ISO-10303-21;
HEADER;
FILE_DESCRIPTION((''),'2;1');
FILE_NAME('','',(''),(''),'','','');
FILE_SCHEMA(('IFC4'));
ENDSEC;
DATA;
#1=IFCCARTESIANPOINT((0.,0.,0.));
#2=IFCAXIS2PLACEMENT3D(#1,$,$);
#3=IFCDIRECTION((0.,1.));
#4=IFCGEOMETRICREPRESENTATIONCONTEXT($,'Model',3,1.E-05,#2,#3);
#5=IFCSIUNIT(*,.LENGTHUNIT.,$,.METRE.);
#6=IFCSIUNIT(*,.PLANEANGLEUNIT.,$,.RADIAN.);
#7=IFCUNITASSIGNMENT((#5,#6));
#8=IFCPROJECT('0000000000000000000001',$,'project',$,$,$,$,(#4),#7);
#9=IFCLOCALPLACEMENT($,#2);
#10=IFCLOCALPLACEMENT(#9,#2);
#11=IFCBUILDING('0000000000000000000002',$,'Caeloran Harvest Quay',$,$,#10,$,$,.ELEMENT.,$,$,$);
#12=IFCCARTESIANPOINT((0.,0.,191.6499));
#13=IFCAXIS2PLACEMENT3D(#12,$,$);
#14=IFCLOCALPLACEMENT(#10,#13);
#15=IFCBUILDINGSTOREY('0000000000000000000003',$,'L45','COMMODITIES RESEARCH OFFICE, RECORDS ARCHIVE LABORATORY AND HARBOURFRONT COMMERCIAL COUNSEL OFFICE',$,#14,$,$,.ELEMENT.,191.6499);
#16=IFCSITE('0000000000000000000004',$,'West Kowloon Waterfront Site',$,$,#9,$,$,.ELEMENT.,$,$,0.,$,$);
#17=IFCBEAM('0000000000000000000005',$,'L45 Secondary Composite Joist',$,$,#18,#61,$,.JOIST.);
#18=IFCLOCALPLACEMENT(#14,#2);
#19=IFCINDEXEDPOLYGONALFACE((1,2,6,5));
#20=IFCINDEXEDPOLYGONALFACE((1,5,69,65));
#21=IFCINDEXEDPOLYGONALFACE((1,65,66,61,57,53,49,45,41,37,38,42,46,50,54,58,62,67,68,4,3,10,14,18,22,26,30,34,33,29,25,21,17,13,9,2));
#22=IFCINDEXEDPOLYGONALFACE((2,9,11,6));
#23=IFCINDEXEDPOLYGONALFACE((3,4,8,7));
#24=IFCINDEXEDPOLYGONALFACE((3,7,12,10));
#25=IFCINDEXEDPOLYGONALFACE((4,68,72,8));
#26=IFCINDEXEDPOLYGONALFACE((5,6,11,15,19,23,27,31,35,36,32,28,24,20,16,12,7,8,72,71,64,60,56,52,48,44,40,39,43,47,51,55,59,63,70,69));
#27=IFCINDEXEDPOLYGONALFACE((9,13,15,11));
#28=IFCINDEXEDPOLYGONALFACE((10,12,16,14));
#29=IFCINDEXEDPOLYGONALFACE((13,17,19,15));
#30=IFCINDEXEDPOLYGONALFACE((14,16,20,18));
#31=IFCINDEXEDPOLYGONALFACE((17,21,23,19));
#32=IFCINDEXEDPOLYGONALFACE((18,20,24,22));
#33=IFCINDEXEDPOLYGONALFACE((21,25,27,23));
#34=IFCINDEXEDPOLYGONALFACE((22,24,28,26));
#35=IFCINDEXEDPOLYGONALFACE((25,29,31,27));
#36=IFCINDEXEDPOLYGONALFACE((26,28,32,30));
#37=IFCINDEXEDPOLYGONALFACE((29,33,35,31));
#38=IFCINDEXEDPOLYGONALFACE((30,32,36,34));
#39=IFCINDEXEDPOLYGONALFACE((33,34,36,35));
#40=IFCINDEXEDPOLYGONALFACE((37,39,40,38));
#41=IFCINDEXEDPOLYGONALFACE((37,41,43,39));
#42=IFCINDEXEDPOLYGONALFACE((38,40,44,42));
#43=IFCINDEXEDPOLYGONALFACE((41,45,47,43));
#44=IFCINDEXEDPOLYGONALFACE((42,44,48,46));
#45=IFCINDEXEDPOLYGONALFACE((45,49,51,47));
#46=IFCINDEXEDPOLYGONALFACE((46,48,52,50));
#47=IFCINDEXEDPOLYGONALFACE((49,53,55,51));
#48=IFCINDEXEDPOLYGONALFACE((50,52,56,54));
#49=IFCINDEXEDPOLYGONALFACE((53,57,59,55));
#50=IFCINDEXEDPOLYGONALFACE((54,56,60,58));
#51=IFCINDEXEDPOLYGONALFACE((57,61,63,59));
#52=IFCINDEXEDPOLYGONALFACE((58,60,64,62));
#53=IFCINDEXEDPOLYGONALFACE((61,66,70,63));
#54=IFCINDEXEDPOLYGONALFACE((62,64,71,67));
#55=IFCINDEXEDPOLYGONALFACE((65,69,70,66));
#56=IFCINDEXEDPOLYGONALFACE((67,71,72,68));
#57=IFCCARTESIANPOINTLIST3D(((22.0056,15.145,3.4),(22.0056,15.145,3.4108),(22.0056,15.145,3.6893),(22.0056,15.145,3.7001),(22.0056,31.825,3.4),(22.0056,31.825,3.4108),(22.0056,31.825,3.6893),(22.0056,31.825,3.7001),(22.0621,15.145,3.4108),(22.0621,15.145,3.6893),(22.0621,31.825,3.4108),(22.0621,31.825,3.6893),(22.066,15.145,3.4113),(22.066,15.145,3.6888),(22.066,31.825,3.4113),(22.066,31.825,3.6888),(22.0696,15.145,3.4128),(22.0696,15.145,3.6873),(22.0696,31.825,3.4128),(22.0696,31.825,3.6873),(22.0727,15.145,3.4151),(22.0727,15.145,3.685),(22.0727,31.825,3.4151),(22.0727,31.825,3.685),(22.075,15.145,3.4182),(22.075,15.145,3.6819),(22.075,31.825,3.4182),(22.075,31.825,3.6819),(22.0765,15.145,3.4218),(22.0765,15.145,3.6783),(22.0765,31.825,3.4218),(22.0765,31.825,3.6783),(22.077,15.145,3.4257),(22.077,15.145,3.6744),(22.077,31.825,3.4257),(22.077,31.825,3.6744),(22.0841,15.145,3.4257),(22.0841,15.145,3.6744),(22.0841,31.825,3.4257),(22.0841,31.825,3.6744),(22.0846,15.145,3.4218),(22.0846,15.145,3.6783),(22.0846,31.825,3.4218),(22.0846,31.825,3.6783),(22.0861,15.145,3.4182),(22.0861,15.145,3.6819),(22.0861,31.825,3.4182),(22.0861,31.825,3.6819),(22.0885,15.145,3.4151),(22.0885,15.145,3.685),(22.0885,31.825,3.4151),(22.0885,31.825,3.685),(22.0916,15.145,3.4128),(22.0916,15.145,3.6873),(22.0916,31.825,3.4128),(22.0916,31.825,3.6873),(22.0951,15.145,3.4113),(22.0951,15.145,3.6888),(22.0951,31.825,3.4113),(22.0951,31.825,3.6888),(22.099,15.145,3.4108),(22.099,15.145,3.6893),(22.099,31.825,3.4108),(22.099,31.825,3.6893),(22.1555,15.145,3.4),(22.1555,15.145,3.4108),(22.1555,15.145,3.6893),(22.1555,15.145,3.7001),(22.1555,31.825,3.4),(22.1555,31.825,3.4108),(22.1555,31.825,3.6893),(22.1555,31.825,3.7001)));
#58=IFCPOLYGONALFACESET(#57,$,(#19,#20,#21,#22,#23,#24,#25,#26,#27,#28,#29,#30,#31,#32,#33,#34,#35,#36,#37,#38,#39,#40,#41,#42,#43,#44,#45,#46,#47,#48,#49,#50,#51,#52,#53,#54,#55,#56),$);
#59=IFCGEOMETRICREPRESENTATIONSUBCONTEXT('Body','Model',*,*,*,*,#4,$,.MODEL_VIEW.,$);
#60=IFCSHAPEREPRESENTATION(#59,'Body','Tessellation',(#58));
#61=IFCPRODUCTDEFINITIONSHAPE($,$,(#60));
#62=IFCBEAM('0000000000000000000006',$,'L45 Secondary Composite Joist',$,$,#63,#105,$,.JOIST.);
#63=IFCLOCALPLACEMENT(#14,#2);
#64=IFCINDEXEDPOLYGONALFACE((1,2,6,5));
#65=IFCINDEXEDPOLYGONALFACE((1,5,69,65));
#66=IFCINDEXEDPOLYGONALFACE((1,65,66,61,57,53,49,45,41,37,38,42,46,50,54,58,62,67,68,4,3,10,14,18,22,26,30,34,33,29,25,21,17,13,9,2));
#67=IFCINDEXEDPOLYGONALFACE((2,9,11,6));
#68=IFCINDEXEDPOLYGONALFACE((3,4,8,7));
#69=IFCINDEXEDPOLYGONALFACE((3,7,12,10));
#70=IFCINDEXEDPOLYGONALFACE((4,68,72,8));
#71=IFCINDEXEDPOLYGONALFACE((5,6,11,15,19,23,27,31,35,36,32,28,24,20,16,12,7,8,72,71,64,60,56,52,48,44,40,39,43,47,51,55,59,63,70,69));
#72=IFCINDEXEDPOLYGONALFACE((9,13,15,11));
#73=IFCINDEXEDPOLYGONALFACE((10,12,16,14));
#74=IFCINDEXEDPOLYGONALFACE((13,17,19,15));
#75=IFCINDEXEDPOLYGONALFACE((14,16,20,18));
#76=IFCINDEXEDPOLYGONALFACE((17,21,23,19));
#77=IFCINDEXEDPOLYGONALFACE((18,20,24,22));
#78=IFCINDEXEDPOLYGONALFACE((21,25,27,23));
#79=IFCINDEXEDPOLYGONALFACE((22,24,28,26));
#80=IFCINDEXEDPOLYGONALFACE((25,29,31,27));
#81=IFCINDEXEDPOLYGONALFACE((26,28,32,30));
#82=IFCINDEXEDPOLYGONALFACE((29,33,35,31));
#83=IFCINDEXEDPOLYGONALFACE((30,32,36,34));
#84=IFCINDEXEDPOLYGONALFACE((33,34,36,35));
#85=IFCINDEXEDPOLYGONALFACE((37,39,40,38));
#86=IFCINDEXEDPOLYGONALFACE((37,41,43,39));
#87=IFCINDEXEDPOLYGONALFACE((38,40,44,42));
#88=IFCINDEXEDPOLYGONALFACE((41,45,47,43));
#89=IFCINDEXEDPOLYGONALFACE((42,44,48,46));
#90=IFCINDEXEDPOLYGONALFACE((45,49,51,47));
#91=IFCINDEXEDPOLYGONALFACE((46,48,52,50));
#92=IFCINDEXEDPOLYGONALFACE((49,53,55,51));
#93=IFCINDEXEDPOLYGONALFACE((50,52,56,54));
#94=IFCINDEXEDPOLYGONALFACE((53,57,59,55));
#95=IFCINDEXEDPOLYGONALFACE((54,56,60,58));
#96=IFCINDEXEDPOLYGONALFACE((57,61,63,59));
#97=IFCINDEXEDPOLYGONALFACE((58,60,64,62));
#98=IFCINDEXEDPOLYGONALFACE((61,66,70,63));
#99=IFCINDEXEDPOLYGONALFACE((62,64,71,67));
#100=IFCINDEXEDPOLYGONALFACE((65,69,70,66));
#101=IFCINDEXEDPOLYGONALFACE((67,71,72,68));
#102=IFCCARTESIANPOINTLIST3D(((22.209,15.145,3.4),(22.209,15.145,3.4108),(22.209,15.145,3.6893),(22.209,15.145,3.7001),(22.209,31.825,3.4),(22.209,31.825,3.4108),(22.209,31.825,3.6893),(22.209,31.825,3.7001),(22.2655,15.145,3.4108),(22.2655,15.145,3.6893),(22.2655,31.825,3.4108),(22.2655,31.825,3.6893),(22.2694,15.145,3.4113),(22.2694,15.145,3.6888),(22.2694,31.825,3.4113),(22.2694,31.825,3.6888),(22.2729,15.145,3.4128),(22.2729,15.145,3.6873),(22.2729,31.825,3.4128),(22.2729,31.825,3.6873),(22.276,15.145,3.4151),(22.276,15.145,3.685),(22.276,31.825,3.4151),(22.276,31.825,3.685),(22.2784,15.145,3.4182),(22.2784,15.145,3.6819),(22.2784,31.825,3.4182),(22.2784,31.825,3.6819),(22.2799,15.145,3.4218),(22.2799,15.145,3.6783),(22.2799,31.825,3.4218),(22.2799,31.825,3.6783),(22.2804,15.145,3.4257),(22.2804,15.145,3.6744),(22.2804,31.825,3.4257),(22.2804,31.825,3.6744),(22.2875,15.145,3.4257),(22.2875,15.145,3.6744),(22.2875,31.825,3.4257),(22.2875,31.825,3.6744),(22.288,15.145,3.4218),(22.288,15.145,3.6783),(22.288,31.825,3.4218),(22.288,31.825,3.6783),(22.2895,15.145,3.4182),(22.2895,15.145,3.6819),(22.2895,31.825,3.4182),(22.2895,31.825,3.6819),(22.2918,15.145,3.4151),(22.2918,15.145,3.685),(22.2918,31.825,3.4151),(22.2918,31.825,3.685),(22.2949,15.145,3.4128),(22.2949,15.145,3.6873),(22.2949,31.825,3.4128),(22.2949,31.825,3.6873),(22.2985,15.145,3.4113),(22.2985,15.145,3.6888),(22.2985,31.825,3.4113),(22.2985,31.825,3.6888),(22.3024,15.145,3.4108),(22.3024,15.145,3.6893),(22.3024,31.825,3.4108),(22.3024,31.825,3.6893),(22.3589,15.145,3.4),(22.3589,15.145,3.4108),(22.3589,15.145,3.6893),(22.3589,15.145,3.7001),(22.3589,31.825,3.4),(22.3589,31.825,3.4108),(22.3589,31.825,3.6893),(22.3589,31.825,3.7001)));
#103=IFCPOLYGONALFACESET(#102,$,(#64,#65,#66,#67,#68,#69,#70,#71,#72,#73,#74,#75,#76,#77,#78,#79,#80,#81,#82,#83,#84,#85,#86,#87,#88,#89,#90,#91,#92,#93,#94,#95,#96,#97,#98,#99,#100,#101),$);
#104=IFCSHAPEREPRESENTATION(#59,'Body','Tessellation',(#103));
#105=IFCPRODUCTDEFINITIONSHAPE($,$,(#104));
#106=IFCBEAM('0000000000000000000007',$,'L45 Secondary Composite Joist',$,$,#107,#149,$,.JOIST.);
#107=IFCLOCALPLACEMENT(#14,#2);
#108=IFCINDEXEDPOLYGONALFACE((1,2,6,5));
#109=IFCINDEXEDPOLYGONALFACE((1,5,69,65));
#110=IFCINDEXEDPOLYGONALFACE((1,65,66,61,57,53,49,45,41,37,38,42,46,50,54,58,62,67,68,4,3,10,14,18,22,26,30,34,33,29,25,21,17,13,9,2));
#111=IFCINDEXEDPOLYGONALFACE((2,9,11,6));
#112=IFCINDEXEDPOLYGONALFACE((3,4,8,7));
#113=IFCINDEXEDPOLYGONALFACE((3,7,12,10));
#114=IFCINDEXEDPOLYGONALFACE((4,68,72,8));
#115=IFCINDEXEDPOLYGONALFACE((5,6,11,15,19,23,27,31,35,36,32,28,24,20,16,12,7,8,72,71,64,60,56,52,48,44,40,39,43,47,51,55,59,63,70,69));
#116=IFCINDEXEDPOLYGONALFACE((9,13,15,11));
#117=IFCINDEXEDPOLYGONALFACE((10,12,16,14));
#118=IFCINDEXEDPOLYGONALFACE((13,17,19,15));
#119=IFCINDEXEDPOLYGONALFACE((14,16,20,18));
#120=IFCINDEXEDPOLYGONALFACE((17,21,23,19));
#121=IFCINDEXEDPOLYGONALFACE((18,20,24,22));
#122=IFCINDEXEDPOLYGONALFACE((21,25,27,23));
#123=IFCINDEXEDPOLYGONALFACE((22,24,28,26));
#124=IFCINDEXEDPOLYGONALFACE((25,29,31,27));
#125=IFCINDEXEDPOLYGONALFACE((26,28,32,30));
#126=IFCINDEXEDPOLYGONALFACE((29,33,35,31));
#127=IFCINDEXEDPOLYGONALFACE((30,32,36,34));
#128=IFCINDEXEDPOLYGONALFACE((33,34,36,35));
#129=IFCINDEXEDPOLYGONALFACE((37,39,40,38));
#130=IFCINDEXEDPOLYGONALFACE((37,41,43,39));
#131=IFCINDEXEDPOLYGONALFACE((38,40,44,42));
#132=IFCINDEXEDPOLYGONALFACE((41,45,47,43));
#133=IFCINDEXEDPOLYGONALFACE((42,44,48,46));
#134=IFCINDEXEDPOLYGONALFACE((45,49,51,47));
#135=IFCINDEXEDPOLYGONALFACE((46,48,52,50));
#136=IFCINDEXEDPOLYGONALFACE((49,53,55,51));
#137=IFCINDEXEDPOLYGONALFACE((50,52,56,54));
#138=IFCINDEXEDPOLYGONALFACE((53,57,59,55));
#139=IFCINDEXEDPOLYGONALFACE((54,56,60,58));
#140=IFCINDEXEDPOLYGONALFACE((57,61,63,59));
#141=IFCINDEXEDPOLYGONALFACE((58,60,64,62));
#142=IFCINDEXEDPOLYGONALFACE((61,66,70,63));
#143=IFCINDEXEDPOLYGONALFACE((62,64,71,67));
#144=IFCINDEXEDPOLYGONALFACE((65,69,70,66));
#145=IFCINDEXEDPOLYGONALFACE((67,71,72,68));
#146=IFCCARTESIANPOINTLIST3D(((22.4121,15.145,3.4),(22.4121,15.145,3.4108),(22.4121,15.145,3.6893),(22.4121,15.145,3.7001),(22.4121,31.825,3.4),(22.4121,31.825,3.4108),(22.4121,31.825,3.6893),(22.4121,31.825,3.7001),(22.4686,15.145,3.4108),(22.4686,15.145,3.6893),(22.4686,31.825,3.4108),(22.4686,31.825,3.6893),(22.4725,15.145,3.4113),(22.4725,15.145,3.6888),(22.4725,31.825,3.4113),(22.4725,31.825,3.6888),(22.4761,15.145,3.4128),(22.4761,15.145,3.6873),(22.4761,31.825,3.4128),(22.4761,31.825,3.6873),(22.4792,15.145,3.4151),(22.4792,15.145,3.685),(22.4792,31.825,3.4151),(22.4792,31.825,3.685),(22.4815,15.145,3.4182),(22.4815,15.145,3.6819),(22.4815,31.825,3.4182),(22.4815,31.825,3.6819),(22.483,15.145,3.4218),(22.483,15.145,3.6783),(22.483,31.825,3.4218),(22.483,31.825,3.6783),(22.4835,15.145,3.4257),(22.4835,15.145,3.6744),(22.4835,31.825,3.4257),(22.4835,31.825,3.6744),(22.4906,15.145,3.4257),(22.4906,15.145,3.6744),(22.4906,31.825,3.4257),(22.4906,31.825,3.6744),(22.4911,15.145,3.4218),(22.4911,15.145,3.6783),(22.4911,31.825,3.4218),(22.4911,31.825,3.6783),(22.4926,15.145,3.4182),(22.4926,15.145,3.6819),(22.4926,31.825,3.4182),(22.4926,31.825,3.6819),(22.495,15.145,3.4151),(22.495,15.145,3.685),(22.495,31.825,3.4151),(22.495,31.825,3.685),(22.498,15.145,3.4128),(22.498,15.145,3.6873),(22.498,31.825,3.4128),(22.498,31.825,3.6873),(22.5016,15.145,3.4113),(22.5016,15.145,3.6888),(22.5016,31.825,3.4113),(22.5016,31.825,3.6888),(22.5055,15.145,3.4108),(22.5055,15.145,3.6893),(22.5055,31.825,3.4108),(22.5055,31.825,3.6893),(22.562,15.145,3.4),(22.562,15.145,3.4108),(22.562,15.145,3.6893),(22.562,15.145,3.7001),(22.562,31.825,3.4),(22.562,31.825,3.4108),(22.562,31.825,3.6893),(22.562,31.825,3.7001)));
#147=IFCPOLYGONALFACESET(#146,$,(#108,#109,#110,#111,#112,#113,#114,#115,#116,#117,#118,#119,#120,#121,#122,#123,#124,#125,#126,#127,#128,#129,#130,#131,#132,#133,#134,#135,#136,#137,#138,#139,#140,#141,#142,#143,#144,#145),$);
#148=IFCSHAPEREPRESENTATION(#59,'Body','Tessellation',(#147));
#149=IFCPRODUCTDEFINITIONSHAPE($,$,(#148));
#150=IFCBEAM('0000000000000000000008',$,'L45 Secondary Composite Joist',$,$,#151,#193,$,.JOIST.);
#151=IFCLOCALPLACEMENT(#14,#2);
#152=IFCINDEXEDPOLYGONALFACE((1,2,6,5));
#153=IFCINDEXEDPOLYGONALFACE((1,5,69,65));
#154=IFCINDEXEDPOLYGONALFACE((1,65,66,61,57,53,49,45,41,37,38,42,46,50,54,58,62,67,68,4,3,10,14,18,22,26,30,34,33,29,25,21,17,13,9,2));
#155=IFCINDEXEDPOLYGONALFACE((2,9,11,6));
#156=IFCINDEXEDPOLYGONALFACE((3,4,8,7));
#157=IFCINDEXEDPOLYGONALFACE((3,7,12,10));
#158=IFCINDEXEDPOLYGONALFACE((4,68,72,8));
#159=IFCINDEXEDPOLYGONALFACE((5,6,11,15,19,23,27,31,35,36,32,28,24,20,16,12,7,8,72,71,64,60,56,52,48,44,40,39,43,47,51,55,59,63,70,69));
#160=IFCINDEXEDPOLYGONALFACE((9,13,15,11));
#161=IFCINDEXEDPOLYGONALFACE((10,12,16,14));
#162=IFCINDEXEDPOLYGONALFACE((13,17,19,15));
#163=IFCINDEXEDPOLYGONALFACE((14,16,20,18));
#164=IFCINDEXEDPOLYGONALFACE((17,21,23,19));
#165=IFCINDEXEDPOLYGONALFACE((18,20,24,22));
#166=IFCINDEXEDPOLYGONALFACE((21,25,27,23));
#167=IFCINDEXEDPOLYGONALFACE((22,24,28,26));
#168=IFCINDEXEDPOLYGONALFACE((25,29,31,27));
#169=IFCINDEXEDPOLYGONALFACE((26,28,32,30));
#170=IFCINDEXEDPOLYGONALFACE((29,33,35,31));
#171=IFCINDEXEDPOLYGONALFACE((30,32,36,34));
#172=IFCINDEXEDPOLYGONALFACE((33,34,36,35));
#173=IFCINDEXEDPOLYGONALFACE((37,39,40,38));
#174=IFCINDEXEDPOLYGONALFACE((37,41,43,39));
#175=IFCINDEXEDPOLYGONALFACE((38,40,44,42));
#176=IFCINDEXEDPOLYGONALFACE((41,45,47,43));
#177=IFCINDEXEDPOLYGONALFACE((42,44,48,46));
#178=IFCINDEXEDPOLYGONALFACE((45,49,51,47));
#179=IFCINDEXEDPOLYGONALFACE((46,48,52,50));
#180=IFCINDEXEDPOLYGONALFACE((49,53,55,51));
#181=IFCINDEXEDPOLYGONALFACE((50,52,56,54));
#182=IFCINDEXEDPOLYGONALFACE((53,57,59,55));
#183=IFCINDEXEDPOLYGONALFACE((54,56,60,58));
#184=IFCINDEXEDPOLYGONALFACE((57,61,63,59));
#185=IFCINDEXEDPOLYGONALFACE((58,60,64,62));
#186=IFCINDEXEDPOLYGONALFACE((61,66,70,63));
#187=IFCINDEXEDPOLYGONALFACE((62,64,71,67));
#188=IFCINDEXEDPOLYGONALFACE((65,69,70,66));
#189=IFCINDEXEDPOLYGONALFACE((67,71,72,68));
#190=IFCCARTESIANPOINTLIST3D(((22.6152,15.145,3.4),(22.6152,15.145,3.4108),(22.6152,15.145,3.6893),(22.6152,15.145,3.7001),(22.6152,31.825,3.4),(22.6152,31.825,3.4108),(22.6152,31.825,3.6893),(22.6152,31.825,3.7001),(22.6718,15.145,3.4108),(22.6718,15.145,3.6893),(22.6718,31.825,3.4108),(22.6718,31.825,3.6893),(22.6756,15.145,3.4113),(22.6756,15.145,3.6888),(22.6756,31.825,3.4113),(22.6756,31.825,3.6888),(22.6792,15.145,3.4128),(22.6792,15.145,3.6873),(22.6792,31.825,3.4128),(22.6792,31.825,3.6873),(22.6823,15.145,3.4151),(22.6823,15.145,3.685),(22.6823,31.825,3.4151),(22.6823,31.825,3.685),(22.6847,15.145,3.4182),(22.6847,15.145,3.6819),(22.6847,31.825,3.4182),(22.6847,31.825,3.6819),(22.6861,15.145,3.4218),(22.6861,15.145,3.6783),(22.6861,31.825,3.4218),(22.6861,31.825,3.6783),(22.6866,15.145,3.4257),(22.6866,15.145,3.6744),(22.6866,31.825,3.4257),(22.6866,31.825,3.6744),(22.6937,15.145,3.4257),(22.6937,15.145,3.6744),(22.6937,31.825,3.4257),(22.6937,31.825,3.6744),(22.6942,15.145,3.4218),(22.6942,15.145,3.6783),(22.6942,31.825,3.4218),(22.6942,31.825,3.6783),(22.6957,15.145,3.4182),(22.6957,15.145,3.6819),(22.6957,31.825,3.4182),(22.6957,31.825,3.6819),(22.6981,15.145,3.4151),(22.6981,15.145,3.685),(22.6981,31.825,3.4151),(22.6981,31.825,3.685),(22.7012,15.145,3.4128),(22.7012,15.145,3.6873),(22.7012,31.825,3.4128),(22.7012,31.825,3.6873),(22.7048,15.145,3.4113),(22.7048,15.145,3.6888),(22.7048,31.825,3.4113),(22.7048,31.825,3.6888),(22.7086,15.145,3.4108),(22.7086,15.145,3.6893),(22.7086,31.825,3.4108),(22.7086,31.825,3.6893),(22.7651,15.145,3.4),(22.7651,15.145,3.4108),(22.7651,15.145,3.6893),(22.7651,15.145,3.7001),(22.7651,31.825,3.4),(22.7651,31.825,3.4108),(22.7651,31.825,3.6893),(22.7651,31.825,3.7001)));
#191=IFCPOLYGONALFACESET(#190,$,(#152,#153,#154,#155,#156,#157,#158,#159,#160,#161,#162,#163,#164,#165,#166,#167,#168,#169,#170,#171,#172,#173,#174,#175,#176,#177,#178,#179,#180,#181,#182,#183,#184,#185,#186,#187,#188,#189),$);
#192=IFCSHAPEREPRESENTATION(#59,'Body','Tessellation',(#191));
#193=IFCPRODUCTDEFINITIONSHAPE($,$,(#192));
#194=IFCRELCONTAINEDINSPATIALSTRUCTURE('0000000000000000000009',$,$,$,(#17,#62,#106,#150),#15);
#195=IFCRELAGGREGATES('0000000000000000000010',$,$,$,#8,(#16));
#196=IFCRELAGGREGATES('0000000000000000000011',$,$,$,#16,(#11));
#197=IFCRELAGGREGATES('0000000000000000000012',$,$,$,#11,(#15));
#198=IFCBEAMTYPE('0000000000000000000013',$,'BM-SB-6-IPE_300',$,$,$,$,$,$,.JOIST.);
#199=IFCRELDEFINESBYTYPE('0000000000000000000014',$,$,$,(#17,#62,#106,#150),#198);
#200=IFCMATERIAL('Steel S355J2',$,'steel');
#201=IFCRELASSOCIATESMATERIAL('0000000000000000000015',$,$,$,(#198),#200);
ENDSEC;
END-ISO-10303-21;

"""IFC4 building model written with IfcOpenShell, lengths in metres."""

from ifc_helpers import new_model, si_unit, direction, frame, origin, origin_2d, place, context, subcontext, project, spatial, i_section, extrude, material, material_profile, profile_set, type_object, element, save


model = new_model("IFC4")

# Units and contexts
model_context = context("Model", 3, precision=1e-05, world=origin(), true_north=direction((0.0, 1.0)))
body_context = subcontext(model_context, "Body", "Model", "MODEL_VIEW")
ifc_project = project(units=[si_unit("LENGTHUNIT", "METRE"), si_unit("PLANEANGLEUNIT", "RADIAN")], contexts=[model_context])

# Site, building, storey
site_placement = place(None, origin())
site = spatial("IfcSite", under=ifc_project, at=site_placement, Name="West Kowloon Waterfront Site", CompositionType="ELEMENT", RefElevation=0.0)
building_placement = place(site_placement, origin())
building = spatial("IfcBuilding", under=site, at=building_placement, Name="Caeloran Harvest Quay", CompositionType="ELEMENT")
storey_placement = place(building_placement, frame((0.0, 0.0, 191.6499)))
storey = spatial("IfcBuildingStorey", under=building, at=storey_placement, Name="L45", Description="COMMODITIES RESEARCH OFFICE, RECORDS ARCHIVE LABORATORY AND HARBOURFRONT COMMERCIAL COUNSEL OFFICE", CompositionType="ELEMENT", Elevation=191.6499)

# Beams
ifc_material_1 = material(Name="Steel S355J2", Category="steel")
ifc_material_profile_1 = material_profile(ifc_material_1, i_section(OverallWidth=0.1499, OverallDepth=0.3, WebThickness=0.0071, FlangeThickness=0.0107, FilletRadius=0.0149, at=origin_2d()), Name="IPE 300")
ifc_profile_set_1 = profile_set([ifc_material_profile_1], Name="Steel S355J2")
beam_type_1 = type_object("IfcBeamType", Name="BM-SB-6-IPE_300", PredefinedType="JOIST", material=ifc_profile_set_1)
for number, where, z_axis, x_axis, name in (
    (1, (22.0806, 15.145, 3.55), (0.0, 1.0, 0.0), (-1.0, 0.0, 0.0), "L45 Secondary Composite Joist"),
    (2, (22.2839, 15.145, 3.55), (0.0, 1.0, 0.0), (-1.0, 0.0, 0.0), "L45 Secondary Composite Joist"),
    (3, (22.4871, 15.145, 3.55), (0.0, 1.0, 0.0), (-1.0, 0.0, 0.0), "L45 Secondary Composite Joist"),
    (4, (22.6902, 15.145, 3.55), (0.0, 1.0, 0.0), (-1.0, 0.0, 0.0), "L45 Secondary Composite Joist"),
):
    element("IfcBeam", number, at=place(storey_placement, frame(where, z_axis=z_axis, x_axis=x_axis)), inside=storey, type_object=beam_type_1, Name=name, PredefinedType="JOIST", context=body_context, shape_type="SweptSolid", body=[
        extrude(i_section(OverallWidth=0.1499, OverallDepth=0.3, WebThickness=0.0071, FlangeThickness=0.0107, FilletRadius=0.0149, at=origin_2d()), origin(), (0.0, 0.0, 1.0), 16.6799),
    ])

save(model, "model.ifc")
